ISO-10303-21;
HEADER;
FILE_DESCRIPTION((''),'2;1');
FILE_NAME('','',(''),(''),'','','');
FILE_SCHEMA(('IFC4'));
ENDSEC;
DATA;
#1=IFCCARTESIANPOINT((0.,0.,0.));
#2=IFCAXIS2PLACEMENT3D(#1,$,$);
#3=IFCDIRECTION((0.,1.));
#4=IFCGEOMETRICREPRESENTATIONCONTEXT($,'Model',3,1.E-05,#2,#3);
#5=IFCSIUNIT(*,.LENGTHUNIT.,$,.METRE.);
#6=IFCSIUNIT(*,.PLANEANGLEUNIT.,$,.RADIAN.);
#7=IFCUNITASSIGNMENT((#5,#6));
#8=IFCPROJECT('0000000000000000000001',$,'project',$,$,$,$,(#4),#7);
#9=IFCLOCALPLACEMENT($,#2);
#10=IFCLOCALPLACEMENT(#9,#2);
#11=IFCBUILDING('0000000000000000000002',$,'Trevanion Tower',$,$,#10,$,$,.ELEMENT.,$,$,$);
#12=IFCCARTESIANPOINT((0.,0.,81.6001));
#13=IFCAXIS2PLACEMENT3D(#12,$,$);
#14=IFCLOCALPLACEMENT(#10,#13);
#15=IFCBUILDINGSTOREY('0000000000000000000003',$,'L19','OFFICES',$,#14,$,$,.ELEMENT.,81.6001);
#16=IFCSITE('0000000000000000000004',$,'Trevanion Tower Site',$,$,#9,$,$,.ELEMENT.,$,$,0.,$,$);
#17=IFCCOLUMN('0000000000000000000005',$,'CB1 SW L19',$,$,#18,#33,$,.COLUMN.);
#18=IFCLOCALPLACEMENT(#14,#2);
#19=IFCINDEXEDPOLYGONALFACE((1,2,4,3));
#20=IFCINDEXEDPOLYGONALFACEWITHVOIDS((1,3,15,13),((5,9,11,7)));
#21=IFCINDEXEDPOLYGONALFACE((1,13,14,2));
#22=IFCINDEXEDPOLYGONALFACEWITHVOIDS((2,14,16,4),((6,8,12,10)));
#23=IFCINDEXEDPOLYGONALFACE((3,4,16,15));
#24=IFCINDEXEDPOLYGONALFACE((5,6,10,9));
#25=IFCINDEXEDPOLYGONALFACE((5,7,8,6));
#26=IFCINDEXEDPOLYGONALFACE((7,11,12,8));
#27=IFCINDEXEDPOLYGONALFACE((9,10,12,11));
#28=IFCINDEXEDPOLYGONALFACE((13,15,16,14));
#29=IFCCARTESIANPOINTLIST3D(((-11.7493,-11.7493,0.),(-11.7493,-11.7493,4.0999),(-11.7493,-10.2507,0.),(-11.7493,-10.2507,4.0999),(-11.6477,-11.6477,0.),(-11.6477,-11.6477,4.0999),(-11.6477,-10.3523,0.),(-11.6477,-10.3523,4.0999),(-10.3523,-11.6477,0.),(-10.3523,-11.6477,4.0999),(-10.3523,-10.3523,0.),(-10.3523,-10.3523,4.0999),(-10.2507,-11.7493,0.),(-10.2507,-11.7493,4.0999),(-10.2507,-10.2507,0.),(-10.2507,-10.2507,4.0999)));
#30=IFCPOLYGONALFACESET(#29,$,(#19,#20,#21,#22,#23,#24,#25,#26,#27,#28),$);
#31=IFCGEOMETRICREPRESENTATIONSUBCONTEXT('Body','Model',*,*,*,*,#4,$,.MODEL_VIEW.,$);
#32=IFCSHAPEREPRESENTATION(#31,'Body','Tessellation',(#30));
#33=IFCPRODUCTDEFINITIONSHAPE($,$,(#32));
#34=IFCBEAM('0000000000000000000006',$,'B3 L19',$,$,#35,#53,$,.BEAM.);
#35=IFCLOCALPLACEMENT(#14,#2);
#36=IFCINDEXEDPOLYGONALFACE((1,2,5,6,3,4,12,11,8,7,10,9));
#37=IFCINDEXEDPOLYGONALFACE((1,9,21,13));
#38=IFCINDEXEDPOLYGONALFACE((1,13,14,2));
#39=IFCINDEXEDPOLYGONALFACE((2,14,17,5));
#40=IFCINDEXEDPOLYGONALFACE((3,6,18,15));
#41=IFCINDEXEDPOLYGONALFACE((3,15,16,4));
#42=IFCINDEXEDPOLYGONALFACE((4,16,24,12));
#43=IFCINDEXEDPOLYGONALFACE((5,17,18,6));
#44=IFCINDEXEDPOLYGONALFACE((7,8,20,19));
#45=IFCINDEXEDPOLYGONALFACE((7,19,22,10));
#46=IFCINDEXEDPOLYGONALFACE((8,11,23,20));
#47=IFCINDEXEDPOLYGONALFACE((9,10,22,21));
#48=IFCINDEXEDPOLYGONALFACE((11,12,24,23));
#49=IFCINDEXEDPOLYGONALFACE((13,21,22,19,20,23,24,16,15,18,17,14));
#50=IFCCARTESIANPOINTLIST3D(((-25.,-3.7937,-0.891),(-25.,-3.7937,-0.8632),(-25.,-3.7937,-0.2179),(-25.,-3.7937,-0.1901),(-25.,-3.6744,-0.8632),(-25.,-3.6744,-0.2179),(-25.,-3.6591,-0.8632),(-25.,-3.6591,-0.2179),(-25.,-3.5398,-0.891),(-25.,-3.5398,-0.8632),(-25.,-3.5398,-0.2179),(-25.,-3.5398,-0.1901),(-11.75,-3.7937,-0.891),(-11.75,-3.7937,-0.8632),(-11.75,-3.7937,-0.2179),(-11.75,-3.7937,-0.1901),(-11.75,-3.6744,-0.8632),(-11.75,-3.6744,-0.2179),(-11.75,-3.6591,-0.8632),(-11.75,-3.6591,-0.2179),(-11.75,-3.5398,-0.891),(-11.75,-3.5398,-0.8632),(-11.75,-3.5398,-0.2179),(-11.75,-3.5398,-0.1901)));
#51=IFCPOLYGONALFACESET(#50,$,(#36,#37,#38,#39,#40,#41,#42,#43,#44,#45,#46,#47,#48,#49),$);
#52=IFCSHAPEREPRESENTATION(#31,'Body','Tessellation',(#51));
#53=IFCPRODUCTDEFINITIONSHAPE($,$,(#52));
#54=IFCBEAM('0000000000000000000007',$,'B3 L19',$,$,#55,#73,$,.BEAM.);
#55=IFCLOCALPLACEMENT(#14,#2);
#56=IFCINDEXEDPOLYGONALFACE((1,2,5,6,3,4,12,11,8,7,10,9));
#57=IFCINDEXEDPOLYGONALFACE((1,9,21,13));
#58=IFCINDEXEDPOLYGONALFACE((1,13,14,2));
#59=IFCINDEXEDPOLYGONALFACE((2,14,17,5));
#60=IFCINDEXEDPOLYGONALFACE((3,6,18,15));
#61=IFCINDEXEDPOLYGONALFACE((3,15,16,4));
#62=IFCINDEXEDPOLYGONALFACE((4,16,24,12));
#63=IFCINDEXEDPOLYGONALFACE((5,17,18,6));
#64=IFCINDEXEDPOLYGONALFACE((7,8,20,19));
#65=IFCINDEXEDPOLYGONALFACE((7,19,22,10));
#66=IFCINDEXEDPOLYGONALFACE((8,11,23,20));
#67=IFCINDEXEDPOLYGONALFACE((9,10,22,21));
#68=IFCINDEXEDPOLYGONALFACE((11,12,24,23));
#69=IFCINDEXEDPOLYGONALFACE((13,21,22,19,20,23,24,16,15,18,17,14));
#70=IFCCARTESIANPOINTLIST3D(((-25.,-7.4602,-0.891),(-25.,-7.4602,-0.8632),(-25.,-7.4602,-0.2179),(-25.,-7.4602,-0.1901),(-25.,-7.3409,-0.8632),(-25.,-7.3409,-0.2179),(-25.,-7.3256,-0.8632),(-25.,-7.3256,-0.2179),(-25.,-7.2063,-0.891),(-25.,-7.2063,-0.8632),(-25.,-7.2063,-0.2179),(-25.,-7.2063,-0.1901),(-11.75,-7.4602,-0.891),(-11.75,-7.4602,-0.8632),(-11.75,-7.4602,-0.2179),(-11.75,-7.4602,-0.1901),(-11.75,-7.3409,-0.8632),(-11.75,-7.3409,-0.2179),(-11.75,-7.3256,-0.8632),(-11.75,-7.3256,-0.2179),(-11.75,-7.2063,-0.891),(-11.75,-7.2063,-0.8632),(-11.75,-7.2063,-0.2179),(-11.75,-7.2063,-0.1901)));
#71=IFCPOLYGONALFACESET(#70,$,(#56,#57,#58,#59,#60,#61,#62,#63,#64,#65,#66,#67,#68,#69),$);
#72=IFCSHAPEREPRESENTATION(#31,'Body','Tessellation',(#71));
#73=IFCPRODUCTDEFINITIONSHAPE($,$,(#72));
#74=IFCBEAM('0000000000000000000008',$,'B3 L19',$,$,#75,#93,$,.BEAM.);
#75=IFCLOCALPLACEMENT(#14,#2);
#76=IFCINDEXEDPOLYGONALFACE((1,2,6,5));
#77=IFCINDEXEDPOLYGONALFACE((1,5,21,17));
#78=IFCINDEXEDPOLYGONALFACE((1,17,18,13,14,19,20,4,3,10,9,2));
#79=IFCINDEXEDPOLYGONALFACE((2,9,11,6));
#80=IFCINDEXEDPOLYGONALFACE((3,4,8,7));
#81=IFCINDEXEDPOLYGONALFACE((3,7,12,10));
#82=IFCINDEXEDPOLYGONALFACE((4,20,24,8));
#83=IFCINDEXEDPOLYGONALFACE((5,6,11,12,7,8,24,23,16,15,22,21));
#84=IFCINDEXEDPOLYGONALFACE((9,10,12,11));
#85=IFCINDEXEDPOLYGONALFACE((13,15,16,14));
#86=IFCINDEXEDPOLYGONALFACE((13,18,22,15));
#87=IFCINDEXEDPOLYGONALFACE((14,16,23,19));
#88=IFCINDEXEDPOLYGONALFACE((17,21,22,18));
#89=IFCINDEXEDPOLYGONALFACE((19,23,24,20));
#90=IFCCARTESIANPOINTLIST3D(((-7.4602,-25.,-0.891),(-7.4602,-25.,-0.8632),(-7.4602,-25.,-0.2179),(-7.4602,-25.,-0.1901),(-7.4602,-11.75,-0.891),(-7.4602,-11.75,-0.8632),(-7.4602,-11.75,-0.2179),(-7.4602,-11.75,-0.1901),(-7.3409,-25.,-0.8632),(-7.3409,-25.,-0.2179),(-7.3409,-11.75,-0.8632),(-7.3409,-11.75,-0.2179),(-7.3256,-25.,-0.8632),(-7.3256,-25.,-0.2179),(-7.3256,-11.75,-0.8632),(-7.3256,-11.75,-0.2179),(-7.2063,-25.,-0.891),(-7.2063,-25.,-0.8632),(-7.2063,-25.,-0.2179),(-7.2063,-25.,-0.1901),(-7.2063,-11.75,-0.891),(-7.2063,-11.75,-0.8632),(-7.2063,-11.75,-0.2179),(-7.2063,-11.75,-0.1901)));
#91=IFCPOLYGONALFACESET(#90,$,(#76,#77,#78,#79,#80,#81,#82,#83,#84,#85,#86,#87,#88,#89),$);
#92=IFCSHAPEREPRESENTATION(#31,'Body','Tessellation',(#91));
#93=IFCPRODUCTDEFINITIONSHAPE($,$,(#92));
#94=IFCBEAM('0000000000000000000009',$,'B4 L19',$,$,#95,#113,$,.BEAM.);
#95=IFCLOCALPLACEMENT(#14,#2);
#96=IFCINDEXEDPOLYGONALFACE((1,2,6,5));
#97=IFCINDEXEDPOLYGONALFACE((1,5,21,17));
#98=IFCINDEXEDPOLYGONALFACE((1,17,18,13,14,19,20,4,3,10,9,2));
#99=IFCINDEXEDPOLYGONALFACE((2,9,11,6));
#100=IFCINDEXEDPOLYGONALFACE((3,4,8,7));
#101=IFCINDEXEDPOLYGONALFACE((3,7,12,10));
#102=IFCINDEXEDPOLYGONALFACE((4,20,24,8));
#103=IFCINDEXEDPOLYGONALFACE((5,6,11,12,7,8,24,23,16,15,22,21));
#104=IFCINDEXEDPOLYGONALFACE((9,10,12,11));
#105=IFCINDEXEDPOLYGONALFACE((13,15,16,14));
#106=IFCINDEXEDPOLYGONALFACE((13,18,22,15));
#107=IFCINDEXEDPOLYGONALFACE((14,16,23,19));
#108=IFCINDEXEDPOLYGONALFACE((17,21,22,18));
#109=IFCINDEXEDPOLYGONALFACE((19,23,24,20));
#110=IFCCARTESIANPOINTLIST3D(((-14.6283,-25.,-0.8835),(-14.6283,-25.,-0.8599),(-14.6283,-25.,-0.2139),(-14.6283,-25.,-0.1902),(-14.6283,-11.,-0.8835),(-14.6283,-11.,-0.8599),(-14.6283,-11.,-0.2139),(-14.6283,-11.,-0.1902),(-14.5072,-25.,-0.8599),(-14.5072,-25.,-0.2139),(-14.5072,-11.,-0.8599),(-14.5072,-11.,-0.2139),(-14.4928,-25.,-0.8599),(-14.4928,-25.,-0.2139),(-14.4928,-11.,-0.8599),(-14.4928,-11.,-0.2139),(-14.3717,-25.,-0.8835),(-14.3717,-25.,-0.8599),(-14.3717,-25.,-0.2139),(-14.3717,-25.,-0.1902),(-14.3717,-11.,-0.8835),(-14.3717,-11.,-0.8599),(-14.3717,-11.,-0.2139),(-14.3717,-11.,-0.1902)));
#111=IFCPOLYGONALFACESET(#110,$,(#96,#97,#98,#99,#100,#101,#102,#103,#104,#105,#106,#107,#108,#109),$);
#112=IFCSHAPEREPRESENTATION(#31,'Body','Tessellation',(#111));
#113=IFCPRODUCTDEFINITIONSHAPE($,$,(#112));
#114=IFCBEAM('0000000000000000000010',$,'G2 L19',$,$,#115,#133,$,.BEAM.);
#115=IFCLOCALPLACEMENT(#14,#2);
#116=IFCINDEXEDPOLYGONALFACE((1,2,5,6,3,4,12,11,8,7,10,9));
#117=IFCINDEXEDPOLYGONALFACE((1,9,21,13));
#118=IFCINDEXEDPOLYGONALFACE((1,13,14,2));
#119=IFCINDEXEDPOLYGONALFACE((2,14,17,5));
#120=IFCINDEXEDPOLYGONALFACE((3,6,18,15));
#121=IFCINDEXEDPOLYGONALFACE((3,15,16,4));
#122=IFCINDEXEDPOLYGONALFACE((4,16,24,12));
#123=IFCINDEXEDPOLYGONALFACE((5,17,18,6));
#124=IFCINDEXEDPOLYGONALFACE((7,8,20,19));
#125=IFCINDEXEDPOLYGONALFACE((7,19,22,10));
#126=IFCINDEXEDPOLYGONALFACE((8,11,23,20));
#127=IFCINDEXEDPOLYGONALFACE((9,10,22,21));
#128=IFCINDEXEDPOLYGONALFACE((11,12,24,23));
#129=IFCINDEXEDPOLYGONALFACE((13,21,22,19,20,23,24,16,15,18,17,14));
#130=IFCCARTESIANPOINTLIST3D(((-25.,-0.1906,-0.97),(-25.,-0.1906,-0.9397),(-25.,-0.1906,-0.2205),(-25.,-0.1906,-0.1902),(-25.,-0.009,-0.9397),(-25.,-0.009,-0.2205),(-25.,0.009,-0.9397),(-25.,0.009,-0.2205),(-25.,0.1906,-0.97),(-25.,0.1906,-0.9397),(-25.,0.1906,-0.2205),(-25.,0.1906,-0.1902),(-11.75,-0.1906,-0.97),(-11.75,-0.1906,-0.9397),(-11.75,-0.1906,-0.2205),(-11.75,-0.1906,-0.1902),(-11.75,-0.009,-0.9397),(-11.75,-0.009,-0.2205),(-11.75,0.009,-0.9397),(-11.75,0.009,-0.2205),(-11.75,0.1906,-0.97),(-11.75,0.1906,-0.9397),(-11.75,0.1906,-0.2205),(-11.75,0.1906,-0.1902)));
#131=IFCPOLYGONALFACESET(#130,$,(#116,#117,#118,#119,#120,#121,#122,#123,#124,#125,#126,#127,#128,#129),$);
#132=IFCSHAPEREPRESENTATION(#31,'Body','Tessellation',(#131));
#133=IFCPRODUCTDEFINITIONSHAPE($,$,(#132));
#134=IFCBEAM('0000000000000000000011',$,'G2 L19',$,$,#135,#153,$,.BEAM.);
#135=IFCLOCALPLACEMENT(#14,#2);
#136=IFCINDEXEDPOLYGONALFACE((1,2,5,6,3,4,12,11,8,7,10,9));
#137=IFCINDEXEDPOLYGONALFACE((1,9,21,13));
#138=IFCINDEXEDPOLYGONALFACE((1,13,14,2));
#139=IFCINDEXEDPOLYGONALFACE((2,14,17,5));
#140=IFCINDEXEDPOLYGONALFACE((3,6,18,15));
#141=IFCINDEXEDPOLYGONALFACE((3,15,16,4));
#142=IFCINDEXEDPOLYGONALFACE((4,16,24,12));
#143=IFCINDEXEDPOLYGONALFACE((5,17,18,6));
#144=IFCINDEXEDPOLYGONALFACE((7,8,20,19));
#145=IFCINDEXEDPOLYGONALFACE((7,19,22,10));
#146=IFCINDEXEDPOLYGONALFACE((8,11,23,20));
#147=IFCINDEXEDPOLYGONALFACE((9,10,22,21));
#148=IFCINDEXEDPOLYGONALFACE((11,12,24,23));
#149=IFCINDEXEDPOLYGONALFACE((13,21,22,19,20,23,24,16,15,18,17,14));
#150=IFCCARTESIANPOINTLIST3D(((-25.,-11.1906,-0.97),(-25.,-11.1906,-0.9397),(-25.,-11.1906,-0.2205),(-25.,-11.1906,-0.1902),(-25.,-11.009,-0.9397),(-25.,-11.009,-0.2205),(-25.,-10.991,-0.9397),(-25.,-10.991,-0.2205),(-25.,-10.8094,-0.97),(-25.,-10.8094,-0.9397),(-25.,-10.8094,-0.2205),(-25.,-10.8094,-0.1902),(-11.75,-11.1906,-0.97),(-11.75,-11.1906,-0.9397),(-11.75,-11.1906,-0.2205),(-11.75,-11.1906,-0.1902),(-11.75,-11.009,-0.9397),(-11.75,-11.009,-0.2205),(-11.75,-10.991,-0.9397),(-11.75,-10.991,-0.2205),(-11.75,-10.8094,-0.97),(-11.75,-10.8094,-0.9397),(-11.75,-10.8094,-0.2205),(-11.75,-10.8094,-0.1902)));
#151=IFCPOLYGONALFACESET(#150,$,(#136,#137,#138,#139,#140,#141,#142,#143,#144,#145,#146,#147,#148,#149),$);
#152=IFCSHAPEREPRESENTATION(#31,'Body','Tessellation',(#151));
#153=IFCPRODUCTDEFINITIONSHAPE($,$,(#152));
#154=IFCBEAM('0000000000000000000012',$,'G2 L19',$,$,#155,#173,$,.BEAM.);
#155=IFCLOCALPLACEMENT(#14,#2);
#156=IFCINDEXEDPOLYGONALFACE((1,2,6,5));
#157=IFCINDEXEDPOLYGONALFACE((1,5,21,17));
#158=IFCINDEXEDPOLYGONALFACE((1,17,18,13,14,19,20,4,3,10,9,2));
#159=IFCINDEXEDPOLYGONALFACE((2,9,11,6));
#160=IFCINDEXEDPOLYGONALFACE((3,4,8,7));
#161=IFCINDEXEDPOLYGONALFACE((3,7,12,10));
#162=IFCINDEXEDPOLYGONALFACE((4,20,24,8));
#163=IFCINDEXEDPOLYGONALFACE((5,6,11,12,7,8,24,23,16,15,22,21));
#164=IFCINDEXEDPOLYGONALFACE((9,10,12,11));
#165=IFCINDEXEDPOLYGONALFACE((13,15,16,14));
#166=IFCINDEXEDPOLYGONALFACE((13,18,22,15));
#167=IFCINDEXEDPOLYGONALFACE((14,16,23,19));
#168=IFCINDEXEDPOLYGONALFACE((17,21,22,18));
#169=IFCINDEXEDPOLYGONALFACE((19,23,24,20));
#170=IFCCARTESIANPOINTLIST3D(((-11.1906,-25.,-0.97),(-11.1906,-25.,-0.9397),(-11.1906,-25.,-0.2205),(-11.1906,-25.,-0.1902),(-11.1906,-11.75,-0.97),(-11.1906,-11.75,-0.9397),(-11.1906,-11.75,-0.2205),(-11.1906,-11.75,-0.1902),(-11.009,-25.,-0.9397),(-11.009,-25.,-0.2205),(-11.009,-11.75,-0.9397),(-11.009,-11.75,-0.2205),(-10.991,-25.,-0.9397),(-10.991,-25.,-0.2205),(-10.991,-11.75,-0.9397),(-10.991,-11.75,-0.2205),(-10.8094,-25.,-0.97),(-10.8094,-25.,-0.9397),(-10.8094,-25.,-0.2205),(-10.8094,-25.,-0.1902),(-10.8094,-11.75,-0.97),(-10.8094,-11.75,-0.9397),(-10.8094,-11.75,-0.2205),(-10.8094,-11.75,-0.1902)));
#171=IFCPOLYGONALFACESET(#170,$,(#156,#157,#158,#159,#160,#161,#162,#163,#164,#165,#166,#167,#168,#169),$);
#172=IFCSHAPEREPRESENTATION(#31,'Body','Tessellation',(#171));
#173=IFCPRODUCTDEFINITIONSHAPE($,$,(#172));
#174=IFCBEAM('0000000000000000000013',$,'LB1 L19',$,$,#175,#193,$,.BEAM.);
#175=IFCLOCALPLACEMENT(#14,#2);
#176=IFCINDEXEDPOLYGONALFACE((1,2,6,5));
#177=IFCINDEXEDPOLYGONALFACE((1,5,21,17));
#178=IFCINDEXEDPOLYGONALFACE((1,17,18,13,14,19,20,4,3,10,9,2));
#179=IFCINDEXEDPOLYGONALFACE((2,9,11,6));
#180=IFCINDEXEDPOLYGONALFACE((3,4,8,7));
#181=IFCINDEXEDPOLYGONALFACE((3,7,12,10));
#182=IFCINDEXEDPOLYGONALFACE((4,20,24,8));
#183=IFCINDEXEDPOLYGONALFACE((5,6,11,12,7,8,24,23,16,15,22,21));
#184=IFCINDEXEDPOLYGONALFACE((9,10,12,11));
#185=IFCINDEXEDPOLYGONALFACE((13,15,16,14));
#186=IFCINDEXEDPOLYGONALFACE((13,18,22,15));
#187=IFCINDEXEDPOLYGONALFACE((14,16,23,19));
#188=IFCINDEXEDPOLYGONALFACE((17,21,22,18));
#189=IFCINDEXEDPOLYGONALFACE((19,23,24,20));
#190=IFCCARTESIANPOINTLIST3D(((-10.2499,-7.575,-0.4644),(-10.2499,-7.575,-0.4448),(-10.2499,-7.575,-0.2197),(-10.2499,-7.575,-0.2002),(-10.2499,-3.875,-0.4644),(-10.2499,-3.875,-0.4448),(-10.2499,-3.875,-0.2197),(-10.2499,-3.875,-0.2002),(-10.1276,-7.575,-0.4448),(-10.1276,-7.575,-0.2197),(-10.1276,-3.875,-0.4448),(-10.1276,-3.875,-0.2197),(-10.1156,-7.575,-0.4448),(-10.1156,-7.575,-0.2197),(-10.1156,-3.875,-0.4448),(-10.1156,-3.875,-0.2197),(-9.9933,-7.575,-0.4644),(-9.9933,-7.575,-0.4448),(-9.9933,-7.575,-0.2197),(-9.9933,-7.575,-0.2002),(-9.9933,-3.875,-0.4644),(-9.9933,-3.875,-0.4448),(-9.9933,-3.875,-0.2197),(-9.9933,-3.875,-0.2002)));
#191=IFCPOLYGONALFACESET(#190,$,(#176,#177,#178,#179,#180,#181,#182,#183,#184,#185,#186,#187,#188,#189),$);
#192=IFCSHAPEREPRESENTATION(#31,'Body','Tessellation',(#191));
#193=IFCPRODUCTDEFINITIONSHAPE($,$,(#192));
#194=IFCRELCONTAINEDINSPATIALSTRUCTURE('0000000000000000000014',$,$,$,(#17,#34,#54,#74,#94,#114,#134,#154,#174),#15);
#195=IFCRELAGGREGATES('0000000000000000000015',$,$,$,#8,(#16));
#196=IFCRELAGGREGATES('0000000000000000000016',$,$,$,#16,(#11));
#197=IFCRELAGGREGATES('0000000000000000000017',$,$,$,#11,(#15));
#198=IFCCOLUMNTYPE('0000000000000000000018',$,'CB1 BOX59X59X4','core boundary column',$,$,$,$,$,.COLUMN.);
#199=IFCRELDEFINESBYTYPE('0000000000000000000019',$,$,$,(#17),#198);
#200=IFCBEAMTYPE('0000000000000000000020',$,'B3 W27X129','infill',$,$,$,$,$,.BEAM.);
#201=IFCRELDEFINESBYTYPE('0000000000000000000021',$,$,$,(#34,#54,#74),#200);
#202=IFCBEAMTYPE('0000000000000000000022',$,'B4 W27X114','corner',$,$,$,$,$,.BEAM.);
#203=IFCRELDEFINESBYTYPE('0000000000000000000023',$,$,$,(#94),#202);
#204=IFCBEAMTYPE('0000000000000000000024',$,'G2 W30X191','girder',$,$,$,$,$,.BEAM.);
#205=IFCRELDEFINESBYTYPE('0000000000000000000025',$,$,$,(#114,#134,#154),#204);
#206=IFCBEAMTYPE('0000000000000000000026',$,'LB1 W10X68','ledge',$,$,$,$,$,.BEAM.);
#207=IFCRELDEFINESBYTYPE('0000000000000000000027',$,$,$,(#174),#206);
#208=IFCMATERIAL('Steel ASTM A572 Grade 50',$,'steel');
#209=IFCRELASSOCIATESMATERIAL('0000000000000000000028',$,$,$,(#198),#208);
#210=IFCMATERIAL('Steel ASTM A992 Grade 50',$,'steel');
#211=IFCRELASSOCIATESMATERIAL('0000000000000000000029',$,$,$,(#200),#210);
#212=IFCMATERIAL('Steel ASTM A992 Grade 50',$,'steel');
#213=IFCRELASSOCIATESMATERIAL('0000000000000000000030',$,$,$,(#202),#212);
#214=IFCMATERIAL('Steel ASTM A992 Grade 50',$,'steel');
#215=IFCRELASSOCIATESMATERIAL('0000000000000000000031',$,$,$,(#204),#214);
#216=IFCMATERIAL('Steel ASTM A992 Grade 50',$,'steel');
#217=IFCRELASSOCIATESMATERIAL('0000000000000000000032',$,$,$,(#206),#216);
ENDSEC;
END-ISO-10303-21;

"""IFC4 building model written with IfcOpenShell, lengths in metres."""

from ifc_helpers import new_model, si_unit, direction, frame, origin, origin_2d, place, context, subcontext, project, spatial, hollow_rectangle, i_section, extrude, material, material_profile, profile_set, type_object, element, save


model = new_model("IFC4")

# Units and contexts
model_context = context("Model", 3, precision=1e-05, world=origin(), true_north=direction((0.0, 1.0)))
body_context = subcontext(model_context, "Body", "Model", "MODEL_VIEW")
ifc_project = project(units=[si_unit("LENGTHUNIT", "METRE"), si_unit("PLANEANGLEUNIT", "RADIAN")], contexts=[model_context])

# Site, building, storey
site_placement = place(None, origin())
site = spatial("IfcSite", under=ifc_project, at=site_placement, Name="Trevanion Tower Site", CompositionType="ELEMENT", RefElevation=0.0)
building_placement = place(site_placement, origin())
building = spatial("IfcBuilding", under=site, at=building_placement, Name="Trevanion Tower", CompositionType="ELEMENT")
storey_placement = place(building_placement, frame((0.0, 0.0, 81.6001)))
storey = spatial("IfcBuildingStorey", under=building, at=storey_placement, Name="L19", Description="OFFICES", CompositionType="ELEMENT", Elevation=81.6001)

# Column
ifc_material_1 = material(Name="Steel ASTM A572 Grade 50", Category="steel")
ifc_material_profile_1 = material_profile(ifc_material_1, hollow_rectangle(XDim=1.4985, YDim=1.4985, WallThickness=0.1016, at=origin_2d()), Name="BOX59X59X4")
ifc_profile_set_1 = profile_set([ifc_material_profile_1], Name="Steel ASTM A572 Grade 50")
column_type = type_object("IfcColumnType", Name="CB1 BOX59X59X4", Description="core boundary column", PredefinedType="COLUMN", material=ifc_profile_set_1)
column_placement = place(storey_placement, frame((-11.0, -11.0, 0.0), z_axis=(0.0, 0.0, 1.0), x_axis=(1.0, 0.0, 0.0)))
element("IfcColumn", 1, at=column_placement, inside=storey, type_object=column_type, Name="CB1 SW L19", PredefinedType="COLUMN", context=body_context, shape_type="SweptSolid", body=[
    extrude(hollow_rectangle(XDim=1.4985, YDim=1.4985, WallThickness=0.1016, at=origin_2d()), origin(), (0.0, 0.0, 1.0), 4.0999),
])

# Beams
ifc_material_2 = material(Name="Steel ASTM A992 Grade 50", Category="steel")
ifc_material_profile_2 = material_profile(ifc_material_2, i_section(OverallWidth=0.2539, OverallDepth=0.7009, WebThickness=0.0154, FlangeThickness=0.0278, at=origin_2d()), Name="W27X129")
ifc_profile_set_2 = profile_set([ifc_material_profile_2], Name="Steel ASTM A992 Grade 50")
beam_type_1 = type_object("IfcBeamType", Name="B3 W27X129", Description="infill", PredefinedType="BEAM", material=ifc_profile_set_2)
for number, where, z_axis, x_axis, name in (
    (2, (-11.75, -3.6667, -0.5405), (-1.0, 0.0, 0.0), (0.0, -1.0, 0.0), "B3 L19"),
    (3, (-11.75, -7.3333, -0.5405), (-1.0, 0.0, 0.0), (0.0, -1.0, 0.0), "B3 L19"),
    (4, (-7.3333, -11.75, -0.5405), (0.0, -1.0, 0.0), (1.0, 0.0, 0.0), "B3 L19"),
):
    element("IfcBeam", number, at=place(storey_placement, frame(where, z_axis=z_axis, x_axis=x_axis)), inside=storey, type_object=beam_type_1, Name=name, PredefinedType="BEAM", context=body_context, shape_type="SweptSolid", body=[
        extrude(i_section(OverallWidth=0.2539, OverallDepth=0.7009, WebThickness=0.0154, FlangeThickness=0.0278, at=origin_2d()), origin(), (0.0, 0.0, 1.0), 13.25),
    ])
ifc_material_3 = material(Name="Steel ASTM A992 Grade 50", Category="steel")
ifc_material_profile_3 = material_profile(ifc_material_3, i_section(OverallWidth=0.2566, OverallDepth=0.6934, WebThickness=0.0144, FlangeThickness=0.0237, at=origin_2d()), Name="W27X114")
ifc_profile_set_3 = profile_set([ifc_material_profile_3], Name="Steel ASTM A992 Grade 50")
beam_type_2 = type_object("IfcBeamType", Name="B4 W27X114", Description="corner", PredefinedType="BEAM", material=ifc_profile_set_3)
beam_placement = place(storey_placement, frame((-14.5, -11.0, -0.5369), z_axis=(0.0, -1.0, 0.0), x_axis=(1.0, 0.0, 0.0)))
element("IfcBeam", 5, at=beam_placement, inside=storey, type_object=beam_type_2, Name="B4 L19", PredefinedType="BEAM", context=body_context, shape_type="SweptSolid", body=[
    extrude(i_section(OverallWidth=0.2566, OverallDepth=0.6934, WebThickness=0.0144, FlangeThickness=0.0237, at=origin_2d()), origin(), (0.0, 0.0, 1.0), 14.0),
])
ifc_material_4 = material(Name="Steel ASTM A992 Grade 50", Category="steel")
ifc_material_profile_4 = material_profile(ifc_material_4, i_section(OverallWidth=0.3811, OverallDepth=0.7798, WebThickness=0.0181, FlangeThickness=0.0303, at=origin_2d()), Name="W30X191")
ifc_profile_set_4 = profile_set([ifc_material_profile_4], Name="Steel ASTM A992 Grade 50")
beam_type_3 = type_object("IfcBeamType", Name="G2 W30X191", Description="girder", PredefinedType="BEAM", material=ifc_profile_set_4)
for number, where, z_axis, x_axis, name in (
    (6, (-11.75, 0.0, -0.5801), (-1.0, 0.0, 0.0), (0.0, -1.0, 0.0), "G2 L19"),
    (7, (-11.75, -11.0, -0.5801), (-1.0, 0.0, 0.0), (0.0, -1.0, 0.0), "G2 L19"),
    (8, (-11.0, -11.75, -0.5801), (0.0, -1.0, 0.0), (1.0, 0.0, 0.0), "G2 L19"),
):
    element("IfcBeam", number, at=place(storey_placement, frame(where, z_axis=z_axis, x_axis=x_axis)), inside=storey, type_object=beam_type_3, Name=name, PredefinedType="BEAM", context=body_context, shape_type="SweptSolid", body=[
        extrude(i_section(OverallWidth=0.3811, OverallDepth=0.7798, WebThickness=0.0181, FlangeThickness=0.0303, at=origin_2d()), origin(), (0.0, 0.0, 1.0), 13.25),
    ])
ifc_material_5 = material(Name="Steel ASTM A992 Grade 50", Category="steel")
ifc_material_profile_5 = material_profile(ifc_material_5, i_section(OverallWidth=0.2566, OverallDepth=0.2642, WebThickness=0.012, FlangeThickness=0.0195, at=origin_2d()), Name="W10X68")
ifc_profile_set_5 = profile_set([ifc_material_profile_5], Name="Steel ASTM A992 Grade 50")
beam_type_4 = type_object("IfcBeamType", Name="LB1 W10X68", Description="ledge", PredefinedType="BEAM", material=ifc_profile_set_5)
for number, where, z_axis, x_axis, name in (
    (9, (-10.1216, -7.575, -0.3323), (0.0, 1.0, 0.0), (-1.0, 0.0, 0.0), "LB1 L19"),
):
    element("IfcBeam", number, at=place(storey_placement, frame(where, z_axis=z_axis, x_axis=x_axis)), inside=storey, type_object=beam_type_4, Name=name, PredefinedType="BEAM", context=body_context, shape_type="SweptSolid", body=[
        extrude(i_section(OverallWidth=0.2566, OverallDepth=0.2642, WebThickness=0.012, FlangeThickness=0.0195, at=origin_2d()), origin(), (0.0, 0.0, 1.0), 3.7),
    ])

save(model, "model.ifc")
